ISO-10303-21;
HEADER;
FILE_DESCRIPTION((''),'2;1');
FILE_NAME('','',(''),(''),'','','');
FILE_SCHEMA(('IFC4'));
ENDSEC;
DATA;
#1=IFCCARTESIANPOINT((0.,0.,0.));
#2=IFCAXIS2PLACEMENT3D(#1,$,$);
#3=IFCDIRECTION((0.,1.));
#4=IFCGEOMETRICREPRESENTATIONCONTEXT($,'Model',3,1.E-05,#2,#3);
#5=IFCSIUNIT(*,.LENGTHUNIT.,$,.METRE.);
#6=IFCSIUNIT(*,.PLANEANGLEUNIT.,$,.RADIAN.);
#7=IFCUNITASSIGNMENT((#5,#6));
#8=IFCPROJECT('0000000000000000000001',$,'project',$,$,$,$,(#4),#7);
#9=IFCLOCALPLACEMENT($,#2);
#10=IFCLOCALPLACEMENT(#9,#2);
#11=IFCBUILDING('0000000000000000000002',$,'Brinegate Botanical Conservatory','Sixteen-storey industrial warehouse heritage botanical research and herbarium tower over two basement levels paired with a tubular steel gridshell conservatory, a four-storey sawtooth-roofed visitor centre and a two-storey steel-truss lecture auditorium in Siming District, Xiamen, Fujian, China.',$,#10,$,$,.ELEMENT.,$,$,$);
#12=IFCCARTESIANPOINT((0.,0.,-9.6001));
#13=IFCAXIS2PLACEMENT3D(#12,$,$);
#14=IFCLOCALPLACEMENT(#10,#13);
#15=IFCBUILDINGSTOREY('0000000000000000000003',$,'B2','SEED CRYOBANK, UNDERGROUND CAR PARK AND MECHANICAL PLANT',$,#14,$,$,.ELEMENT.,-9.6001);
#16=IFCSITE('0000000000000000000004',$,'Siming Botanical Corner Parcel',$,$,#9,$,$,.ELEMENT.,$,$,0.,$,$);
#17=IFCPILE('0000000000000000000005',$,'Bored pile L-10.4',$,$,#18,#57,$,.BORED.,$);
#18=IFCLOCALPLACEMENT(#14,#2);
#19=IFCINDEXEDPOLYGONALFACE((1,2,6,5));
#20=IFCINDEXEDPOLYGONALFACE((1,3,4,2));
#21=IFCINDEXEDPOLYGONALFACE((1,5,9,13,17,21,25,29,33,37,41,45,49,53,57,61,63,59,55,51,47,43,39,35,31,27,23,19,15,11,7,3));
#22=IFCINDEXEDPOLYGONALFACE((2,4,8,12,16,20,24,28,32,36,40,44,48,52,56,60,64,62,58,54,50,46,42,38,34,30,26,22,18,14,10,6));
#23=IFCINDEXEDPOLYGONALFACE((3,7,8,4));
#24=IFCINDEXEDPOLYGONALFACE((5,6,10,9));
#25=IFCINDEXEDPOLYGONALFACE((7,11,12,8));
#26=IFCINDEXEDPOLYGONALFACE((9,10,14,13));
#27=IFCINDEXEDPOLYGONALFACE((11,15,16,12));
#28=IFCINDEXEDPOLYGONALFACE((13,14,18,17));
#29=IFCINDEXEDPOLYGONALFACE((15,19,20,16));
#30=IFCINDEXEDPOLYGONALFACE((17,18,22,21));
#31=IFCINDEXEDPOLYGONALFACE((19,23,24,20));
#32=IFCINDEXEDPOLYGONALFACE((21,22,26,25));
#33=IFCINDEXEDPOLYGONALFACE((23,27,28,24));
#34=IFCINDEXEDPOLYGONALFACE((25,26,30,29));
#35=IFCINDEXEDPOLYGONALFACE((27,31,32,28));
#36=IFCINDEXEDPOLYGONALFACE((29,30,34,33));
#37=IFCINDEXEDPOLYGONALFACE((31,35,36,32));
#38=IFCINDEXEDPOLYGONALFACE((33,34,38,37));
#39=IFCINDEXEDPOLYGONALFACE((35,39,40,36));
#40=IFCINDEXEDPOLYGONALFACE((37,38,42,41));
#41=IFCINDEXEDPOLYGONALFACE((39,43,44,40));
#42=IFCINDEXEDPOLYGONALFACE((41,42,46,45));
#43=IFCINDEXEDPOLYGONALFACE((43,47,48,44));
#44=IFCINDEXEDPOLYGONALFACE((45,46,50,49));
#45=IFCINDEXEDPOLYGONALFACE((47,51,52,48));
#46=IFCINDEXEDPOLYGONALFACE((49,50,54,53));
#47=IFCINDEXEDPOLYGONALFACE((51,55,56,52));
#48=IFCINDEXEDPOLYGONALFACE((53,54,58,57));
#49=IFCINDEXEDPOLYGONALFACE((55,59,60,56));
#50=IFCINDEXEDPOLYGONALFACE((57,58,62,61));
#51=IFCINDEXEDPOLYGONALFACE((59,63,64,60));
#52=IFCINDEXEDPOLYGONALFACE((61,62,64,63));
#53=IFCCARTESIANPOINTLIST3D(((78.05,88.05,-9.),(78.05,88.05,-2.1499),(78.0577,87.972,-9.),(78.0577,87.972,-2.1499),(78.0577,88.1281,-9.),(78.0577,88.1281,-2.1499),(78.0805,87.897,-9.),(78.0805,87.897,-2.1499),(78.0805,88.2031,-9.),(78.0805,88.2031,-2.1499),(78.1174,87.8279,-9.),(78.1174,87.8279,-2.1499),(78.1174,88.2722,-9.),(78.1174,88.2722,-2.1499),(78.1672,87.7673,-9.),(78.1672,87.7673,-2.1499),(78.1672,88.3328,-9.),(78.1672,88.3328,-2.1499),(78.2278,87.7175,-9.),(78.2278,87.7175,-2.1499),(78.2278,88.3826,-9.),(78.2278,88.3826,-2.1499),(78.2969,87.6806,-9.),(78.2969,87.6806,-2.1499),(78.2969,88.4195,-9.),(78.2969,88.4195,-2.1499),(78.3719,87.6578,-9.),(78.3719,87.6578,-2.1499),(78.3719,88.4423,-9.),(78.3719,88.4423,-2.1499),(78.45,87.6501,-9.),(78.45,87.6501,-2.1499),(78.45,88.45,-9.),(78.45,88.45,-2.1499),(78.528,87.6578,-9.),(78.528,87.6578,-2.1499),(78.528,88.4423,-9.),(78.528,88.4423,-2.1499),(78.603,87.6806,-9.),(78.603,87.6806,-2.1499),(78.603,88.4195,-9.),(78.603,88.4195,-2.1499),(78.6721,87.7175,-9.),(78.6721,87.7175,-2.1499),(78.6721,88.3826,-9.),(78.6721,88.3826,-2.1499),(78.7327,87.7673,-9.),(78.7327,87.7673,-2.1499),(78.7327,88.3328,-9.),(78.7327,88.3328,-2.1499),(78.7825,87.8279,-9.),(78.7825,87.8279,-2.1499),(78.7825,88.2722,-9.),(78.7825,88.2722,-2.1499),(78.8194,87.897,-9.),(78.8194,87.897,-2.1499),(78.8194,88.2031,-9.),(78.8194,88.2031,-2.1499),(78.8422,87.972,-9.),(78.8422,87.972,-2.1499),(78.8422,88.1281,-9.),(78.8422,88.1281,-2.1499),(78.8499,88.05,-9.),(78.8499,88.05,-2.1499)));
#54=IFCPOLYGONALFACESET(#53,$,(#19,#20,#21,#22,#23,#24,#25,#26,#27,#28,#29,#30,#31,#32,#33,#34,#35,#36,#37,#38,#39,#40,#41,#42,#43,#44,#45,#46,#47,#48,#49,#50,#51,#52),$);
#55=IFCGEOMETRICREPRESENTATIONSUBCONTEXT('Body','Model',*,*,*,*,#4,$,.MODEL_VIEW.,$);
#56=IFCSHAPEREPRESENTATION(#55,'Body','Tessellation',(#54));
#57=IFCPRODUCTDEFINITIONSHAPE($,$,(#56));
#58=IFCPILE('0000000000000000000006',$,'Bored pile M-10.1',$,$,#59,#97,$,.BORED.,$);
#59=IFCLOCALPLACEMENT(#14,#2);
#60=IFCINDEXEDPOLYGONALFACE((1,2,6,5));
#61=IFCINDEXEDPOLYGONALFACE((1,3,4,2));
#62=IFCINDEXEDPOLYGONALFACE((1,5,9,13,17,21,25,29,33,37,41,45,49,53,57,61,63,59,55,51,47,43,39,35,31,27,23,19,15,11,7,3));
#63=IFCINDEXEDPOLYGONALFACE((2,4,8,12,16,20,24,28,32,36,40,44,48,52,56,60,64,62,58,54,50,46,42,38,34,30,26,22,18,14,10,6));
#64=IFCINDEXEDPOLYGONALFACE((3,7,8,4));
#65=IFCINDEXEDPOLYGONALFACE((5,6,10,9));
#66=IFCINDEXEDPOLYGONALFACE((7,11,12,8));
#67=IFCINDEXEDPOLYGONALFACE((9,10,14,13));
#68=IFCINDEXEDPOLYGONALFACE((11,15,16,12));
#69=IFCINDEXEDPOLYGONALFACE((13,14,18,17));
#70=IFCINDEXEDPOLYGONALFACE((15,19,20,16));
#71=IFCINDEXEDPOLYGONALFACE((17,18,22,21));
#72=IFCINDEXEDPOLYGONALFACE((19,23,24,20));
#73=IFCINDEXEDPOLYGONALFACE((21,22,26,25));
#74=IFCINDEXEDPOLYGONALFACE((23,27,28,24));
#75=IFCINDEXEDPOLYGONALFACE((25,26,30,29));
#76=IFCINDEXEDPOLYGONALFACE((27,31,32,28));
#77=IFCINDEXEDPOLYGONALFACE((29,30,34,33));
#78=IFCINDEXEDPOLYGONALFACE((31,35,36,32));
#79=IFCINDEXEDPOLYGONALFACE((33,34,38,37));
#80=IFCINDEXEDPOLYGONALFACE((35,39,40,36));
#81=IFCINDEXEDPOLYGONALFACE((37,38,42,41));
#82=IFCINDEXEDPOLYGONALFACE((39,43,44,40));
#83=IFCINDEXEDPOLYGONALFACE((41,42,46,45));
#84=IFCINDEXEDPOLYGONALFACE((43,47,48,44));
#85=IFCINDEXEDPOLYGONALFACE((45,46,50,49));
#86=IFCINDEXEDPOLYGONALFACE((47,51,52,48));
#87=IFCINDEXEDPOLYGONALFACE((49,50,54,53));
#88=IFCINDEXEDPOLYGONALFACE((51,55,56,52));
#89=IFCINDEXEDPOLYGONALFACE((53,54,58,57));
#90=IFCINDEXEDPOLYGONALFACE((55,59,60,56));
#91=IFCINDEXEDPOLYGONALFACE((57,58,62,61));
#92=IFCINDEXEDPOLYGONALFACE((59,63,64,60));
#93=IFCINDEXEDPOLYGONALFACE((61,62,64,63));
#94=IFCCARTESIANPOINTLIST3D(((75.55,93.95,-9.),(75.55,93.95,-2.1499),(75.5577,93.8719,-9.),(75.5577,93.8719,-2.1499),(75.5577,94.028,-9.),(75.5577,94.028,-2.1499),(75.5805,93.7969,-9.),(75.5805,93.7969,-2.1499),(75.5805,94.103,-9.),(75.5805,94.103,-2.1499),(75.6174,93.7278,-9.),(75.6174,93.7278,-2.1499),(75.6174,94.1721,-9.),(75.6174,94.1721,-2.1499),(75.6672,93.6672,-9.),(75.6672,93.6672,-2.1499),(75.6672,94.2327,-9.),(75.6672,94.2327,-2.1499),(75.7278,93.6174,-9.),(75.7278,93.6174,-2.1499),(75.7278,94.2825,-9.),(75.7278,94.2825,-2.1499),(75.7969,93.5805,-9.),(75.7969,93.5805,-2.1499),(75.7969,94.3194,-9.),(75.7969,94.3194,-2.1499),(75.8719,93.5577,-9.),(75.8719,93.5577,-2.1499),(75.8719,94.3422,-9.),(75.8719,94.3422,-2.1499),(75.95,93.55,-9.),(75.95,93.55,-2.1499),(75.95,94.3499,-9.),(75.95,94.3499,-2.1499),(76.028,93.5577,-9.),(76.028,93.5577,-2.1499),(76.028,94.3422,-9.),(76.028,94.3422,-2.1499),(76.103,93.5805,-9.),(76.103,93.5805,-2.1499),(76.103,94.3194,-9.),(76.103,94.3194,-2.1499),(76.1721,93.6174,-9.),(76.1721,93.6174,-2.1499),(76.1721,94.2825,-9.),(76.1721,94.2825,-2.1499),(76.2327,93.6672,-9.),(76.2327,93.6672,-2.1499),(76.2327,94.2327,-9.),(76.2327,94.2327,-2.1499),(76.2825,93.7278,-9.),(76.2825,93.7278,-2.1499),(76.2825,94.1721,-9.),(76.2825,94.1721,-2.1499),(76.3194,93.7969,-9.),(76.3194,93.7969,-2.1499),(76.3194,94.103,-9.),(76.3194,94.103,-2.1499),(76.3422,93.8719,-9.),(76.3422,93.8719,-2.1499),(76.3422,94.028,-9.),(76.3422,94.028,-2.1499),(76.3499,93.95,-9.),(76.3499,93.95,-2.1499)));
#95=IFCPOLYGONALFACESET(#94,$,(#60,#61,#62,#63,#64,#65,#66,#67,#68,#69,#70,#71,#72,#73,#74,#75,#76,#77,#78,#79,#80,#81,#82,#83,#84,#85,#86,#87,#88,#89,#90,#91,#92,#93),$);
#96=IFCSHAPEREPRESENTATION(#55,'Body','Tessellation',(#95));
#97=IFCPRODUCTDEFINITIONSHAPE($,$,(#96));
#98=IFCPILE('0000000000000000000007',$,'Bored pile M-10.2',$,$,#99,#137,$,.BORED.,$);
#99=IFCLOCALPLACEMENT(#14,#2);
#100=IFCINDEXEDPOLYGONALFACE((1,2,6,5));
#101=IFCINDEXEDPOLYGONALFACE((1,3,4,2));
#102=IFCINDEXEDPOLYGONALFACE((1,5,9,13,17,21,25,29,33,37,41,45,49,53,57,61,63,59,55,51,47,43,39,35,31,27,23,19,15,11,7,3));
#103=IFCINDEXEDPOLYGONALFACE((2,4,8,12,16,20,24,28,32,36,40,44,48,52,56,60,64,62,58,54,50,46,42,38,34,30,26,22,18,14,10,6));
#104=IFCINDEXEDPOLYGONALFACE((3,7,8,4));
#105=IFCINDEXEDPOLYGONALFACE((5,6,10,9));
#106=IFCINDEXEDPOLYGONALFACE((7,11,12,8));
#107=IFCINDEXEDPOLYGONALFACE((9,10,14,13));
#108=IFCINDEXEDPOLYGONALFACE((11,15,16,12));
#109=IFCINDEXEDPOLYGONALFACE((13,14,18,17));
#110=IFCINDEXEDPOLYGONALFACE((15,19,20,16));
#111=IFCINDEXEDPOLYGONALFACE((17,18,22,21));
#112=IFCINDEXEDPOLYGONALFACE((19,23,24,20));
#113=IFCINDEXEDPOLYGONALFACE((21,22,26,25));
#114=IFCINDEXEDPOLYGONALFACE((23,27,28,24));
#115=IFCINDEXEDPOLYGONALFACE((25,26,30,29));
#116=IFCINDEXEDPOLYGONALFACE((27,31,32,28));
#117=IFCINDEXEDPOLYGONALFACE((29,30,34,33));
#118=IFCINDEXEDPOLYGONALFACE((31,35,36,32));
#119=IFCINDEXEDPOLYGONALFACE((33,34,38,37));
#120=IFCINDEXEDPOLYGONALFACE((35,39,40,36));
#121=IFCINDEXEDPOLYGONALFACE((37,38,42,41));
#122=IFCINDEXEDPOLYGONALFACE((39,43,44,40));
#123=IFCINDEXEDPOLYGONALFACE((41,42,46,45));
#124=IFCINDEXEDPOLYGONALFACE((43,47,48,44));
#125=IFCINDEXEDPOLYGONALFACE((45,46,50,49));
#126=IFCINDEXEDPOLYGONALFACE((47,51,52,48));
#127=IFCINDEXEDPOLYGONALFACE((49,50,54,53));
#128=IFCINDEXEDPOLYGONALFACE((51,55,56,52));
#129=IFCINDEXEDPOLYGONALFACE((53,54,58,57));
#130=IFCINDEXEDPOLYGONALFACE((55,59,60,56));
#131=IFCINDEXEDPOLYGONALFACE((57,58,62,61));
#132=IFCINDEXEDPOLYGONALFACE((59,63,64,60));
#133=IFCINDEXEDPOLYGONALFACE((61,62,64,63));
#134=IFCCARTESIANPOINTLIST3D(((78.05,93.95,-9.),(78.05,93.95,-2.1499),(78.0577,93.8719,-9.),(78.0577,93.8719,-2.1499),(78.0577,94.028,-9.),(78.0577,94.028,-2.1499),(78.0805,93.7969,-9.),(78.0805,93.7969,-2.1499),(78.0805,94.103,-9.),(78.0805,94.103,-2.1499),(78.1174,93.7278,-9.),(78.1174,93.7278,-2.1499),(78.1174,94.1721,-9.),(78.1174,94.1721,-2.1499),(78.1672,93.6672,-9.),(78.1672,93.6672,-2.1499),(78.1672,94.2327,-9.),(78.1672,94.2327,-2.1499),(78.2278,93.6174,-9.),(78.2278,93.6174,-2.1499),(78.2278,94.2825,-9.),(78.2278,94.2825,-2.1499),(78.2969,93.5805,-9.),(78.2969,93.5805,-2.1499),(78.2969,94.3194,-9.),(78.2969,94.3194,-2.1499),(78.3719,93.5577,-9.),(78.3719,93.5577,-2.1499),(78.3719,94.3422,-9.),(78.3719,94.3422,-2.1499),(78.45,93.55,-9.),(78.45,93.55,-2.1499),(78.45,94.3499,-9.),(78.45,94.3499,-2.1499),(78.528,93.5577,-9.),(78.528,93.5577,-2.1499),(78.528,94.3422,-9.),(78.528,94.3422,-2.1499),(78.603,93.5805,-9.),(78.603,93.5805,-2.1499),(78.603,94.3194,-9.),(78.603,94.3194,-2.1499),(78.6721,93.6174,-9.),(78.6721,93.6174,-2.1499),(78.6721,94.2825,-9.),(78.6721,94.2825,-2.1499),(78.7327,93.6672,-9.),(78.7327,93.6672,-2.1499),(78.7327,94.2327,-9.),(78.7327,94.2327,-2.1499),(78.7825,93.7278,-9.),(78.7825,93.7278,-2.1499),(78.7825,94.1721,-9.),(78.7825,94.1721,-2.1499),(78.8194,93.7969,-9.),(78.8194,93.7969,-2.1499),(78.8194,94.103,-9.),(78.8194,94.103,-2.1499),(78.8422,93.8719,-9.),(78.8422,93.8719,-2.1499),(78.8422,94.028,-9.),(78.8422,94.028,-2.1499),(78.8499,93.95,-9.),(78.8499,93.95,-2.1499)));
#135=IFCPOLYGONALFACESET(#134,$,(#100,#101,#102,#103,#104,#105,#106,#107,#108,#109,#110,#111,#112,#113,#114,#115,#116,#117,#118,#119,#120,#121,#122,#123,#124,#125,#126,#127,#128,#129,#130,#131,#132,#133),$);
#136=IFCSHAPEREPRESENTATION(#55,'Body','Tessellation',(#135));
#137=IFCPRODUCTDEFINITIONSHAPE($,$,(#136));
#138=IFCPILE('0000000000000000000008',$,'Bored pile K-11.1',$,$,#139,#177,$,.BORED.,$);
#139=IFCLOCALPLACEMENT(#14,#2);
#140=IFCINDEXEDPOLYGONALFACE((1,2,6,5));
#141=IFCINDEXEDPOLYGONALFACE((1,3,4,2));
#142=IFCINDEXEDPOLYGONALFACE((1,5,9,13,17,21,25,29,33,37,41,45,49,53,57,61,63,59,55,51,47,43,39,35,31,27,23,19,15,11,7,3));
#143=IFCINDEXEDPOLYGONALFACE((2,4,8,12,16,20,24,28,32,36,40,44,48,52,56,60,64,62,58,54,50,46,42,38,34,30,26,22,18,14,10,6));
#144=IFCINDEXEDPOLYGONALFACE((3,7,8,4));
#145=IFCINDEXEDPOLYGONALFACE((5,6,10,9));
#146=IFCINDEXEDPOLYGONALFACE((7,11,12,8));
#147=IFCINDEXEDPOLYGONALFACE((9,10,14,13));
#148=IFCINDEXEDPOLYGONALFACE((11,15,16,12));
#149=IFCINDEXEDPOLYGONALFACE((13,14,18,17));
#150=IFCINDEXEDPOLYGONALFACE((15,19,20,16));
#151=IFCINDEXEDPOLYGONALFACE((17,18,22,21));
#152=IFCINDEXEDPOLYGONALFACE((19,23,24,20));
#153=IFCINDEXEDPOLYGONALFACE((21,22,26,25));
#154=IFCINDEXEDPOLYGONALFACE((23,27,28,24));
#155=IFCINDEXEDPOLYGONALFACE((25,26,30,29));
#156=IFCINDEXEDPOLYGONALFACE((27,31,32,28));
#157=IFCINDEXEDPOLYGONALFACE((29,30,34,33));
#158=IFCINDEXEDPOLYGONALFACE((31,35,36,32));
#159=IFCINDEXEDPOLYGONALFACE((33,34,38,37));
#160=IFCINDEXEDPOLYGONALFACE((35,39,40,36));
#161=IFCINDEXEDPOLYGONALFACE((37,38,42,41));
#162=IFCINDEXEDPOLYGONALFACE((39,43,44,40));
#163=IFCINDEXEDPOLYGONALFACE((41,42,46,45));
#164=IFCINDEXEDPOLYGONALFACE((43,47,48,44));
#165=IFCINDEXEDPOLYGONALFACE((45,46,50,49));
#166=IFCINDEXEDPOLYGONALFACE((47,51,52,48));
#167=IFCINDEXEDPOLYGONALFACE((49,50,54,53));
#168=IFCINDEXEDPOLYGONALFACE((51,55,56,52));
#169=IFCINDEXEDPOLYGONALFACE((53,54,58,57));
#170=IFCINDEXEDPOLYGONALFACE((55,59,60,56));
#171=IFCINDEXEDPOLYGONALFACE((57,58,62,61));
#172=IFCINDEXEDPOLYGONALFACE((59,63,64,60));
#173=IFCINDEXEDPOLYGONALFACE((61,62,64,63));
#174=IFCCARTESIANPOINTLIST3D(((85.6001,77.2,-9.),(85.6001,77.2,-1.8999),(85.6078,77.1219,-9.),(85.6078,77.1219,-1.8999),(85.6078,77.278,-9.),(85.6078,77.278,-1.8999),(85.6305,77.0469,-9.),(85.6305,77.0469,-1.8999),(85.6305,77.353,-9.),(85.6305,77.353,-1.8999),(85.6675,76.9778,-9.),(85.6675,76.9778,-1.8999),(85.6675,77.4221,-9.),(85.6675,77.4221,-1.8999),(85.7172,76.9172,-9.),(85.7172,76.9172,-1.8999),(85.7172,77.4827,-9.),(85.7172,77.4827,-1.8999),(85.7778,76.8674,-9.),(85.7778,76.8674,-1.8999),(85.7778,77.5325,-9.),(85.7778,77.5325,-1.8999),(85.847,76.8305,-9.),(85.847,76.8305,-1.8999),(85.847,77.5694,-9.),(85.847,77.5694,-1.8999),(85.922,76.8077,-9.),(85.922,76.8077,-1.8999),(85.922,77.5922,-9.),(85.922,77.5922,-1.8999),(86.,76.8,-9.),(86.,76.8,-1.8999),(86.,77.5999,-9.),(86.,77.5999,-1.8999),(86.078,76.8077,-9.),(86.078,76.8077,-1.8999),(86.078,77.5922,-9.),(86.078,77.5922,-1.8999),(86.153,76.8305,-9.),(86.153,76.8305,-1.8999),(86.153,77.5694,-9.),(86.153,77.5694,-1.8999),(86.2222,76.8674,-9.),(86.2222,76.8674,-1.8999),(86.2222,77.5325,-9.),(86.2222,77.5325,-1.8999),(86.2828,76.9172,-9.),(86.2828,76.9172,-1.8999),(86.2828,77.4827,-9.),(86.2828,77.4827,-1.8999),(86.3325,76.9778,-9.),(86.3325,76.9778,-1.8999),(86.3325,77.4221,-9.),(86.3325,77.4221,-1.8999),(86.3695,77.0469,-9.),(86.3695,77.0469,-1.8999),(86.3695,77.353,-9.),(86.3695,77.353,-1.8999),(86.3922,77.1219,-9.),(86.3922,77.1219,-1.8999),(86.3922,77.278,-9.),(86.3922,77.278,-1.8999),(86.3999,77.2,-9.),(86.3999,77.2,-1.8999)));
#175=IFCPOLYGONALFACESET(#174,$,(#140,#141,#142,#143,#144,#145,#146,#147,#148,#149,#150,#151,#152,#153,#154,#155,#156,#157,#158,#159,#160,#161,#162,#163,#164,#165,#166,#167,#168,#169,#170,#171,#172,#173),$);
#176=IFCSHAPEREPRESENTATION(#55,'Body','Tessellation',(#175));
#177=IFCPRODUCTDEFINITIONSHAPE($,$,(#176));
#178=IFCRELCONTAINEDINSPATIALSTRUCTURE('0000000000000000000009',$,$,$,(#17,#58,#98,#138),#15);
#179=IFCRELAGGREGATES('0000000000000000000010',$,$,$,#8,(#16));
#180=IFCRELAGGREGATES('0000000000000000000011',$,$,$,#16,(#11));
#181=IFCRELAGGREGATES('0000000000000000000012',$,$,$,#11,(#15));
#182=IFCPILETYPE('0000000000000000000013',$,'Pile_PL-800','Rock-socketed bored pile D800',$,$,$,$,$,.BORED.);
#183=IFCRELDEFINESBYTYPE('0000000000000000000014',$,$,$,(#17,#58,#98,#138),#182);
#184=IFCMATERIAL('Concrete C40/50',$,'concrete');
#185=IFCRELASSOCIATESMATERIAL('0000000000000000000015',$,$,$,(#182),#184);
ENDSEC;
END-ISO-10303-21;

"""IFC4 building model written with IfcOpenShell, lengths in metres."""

from ifc_helpers import new_model, si_unit, direction, frame, origin, origin_2d, place, context, subcontext, project, spatial, circle, extrude, material, material_profile, profile_set, type_object, element, save


model = new_model("IFC4")

# Units and contexts
model_context = context("Model", 3, precision=1e-05, world=origin(), true_north=direction((0.0, 1.0)))
body_context = subcontext(model_context, "Body", "Model", "MODEL_VIEW")
ifc_project = project(units=[si_unit("LENGTHUNIT", "METRE"), si_unit("PLANEANGLEUNIT", "RADIAN")], contexts=[model_context])

# Site, building, storey
site_placement = place(None, origin())
site = spatial("IfcSite", under=ifc_project, at=site_placement, Name="Siming Botanical Corner Parcel", CompositionType="ELEMENT", RefElevation=0.0)
building_placement = place(site_placement, origin())
building = spatial("IfcBuilding", under=site, at=building_placement, Name="Brinegate Botanical Conservatory", Description="Sixteen-storey industrial warehouse heritage botanical research and herbarium tower over two basement levels paired with a tubular steel gridshell conservatory, a four-storey sawtooth-roofed visitor centre and a two-storey steel-truss lecture auditorium in Siming District, Xiamen, Fujian, China.", CompositionType="ELEMENT")
storey_placement = place(building_placement, frame((0.0, 0.0, -9.6001)))
storey = spatial("IfcBuildingStorey", under=building, at=storey_placement, Name="B2", Description="SEED CRYOBANK, UNDERGROUND CAR PARK AND MECHANICAL PLANT", CompositionType="ELEMENT", Elevation=-9.6001)

# Shared definitions
ifc_material = material(Name="Concrete C40/50", Category="concrete")

# Piles
ifc_material_profile_1 = material_profile(ifc_material, circle(Radius=0.3999, at=origin_2d()), Name="PILE D800")
ifc_profile_set_1 = profile_set([ifc_material_profile_1], Name="Concrete C40/50")
pile_type = type_object("IfcPileType", Name="Pile_PL-800", Description="Rock-socketed bored pile D800", PredefinedType="BORED", material=ifc_profile_set_1)
for number, where, z_axis, x_axis, name in (
    (1, (78.45, 88.05, -2.1499), (0.0, 0.0, -1.0), (1.0, 0.0, 0.0), "Bored pile L-10.4"),
    (2, (75.95, 93.95, -2.1499), (0.0, 0.0, -1.0), (1.0, 0.0, 0.0), "Bored pile M-10.1"),
    (3, (78.45, 93.95, -2.1499), (0.0, 0.0, -1.0), (1.0, 0.0, 0.0), "Bored pile M-10.2"),
):
    element("IfcPile", number, at=place(storey_placement, frame(where, z_axis=z_axis, x_axis=x_axis)), inside=storey, type_object=pile_type, Name=name, PredefinedType="BORED", context=body_context, shape_type="SweptSolid", body=[
        extrude(circle(Radius=0.3999, at=origin_2d()), origin(), (0.0, 0.0, 1.0), 6.8501),
    ])
for number, where, z_axis, x_axis, name in (
    (4, (86.0, 77.2, -1.8999), (0.0, 0.0, -1.0), (1.0, 0.0, 0.0), "Bored pile K-11.1"),
):
    element("IfcPile", number, at=place(storey_placement, frame(where, z_axis=z_axis, x_axis=x_axis)), inside=storey, type_object=pile_type, Name=name, PredefinedType="BORED", context=body_context, shape_type="SweptSolid", body=[
        extrude(circle(Radius=0.3999, at=origin_2d()), origin(), (0.0, 0.0, 1.0), 7.1001),
    ])

save(model, "model.ifc")
